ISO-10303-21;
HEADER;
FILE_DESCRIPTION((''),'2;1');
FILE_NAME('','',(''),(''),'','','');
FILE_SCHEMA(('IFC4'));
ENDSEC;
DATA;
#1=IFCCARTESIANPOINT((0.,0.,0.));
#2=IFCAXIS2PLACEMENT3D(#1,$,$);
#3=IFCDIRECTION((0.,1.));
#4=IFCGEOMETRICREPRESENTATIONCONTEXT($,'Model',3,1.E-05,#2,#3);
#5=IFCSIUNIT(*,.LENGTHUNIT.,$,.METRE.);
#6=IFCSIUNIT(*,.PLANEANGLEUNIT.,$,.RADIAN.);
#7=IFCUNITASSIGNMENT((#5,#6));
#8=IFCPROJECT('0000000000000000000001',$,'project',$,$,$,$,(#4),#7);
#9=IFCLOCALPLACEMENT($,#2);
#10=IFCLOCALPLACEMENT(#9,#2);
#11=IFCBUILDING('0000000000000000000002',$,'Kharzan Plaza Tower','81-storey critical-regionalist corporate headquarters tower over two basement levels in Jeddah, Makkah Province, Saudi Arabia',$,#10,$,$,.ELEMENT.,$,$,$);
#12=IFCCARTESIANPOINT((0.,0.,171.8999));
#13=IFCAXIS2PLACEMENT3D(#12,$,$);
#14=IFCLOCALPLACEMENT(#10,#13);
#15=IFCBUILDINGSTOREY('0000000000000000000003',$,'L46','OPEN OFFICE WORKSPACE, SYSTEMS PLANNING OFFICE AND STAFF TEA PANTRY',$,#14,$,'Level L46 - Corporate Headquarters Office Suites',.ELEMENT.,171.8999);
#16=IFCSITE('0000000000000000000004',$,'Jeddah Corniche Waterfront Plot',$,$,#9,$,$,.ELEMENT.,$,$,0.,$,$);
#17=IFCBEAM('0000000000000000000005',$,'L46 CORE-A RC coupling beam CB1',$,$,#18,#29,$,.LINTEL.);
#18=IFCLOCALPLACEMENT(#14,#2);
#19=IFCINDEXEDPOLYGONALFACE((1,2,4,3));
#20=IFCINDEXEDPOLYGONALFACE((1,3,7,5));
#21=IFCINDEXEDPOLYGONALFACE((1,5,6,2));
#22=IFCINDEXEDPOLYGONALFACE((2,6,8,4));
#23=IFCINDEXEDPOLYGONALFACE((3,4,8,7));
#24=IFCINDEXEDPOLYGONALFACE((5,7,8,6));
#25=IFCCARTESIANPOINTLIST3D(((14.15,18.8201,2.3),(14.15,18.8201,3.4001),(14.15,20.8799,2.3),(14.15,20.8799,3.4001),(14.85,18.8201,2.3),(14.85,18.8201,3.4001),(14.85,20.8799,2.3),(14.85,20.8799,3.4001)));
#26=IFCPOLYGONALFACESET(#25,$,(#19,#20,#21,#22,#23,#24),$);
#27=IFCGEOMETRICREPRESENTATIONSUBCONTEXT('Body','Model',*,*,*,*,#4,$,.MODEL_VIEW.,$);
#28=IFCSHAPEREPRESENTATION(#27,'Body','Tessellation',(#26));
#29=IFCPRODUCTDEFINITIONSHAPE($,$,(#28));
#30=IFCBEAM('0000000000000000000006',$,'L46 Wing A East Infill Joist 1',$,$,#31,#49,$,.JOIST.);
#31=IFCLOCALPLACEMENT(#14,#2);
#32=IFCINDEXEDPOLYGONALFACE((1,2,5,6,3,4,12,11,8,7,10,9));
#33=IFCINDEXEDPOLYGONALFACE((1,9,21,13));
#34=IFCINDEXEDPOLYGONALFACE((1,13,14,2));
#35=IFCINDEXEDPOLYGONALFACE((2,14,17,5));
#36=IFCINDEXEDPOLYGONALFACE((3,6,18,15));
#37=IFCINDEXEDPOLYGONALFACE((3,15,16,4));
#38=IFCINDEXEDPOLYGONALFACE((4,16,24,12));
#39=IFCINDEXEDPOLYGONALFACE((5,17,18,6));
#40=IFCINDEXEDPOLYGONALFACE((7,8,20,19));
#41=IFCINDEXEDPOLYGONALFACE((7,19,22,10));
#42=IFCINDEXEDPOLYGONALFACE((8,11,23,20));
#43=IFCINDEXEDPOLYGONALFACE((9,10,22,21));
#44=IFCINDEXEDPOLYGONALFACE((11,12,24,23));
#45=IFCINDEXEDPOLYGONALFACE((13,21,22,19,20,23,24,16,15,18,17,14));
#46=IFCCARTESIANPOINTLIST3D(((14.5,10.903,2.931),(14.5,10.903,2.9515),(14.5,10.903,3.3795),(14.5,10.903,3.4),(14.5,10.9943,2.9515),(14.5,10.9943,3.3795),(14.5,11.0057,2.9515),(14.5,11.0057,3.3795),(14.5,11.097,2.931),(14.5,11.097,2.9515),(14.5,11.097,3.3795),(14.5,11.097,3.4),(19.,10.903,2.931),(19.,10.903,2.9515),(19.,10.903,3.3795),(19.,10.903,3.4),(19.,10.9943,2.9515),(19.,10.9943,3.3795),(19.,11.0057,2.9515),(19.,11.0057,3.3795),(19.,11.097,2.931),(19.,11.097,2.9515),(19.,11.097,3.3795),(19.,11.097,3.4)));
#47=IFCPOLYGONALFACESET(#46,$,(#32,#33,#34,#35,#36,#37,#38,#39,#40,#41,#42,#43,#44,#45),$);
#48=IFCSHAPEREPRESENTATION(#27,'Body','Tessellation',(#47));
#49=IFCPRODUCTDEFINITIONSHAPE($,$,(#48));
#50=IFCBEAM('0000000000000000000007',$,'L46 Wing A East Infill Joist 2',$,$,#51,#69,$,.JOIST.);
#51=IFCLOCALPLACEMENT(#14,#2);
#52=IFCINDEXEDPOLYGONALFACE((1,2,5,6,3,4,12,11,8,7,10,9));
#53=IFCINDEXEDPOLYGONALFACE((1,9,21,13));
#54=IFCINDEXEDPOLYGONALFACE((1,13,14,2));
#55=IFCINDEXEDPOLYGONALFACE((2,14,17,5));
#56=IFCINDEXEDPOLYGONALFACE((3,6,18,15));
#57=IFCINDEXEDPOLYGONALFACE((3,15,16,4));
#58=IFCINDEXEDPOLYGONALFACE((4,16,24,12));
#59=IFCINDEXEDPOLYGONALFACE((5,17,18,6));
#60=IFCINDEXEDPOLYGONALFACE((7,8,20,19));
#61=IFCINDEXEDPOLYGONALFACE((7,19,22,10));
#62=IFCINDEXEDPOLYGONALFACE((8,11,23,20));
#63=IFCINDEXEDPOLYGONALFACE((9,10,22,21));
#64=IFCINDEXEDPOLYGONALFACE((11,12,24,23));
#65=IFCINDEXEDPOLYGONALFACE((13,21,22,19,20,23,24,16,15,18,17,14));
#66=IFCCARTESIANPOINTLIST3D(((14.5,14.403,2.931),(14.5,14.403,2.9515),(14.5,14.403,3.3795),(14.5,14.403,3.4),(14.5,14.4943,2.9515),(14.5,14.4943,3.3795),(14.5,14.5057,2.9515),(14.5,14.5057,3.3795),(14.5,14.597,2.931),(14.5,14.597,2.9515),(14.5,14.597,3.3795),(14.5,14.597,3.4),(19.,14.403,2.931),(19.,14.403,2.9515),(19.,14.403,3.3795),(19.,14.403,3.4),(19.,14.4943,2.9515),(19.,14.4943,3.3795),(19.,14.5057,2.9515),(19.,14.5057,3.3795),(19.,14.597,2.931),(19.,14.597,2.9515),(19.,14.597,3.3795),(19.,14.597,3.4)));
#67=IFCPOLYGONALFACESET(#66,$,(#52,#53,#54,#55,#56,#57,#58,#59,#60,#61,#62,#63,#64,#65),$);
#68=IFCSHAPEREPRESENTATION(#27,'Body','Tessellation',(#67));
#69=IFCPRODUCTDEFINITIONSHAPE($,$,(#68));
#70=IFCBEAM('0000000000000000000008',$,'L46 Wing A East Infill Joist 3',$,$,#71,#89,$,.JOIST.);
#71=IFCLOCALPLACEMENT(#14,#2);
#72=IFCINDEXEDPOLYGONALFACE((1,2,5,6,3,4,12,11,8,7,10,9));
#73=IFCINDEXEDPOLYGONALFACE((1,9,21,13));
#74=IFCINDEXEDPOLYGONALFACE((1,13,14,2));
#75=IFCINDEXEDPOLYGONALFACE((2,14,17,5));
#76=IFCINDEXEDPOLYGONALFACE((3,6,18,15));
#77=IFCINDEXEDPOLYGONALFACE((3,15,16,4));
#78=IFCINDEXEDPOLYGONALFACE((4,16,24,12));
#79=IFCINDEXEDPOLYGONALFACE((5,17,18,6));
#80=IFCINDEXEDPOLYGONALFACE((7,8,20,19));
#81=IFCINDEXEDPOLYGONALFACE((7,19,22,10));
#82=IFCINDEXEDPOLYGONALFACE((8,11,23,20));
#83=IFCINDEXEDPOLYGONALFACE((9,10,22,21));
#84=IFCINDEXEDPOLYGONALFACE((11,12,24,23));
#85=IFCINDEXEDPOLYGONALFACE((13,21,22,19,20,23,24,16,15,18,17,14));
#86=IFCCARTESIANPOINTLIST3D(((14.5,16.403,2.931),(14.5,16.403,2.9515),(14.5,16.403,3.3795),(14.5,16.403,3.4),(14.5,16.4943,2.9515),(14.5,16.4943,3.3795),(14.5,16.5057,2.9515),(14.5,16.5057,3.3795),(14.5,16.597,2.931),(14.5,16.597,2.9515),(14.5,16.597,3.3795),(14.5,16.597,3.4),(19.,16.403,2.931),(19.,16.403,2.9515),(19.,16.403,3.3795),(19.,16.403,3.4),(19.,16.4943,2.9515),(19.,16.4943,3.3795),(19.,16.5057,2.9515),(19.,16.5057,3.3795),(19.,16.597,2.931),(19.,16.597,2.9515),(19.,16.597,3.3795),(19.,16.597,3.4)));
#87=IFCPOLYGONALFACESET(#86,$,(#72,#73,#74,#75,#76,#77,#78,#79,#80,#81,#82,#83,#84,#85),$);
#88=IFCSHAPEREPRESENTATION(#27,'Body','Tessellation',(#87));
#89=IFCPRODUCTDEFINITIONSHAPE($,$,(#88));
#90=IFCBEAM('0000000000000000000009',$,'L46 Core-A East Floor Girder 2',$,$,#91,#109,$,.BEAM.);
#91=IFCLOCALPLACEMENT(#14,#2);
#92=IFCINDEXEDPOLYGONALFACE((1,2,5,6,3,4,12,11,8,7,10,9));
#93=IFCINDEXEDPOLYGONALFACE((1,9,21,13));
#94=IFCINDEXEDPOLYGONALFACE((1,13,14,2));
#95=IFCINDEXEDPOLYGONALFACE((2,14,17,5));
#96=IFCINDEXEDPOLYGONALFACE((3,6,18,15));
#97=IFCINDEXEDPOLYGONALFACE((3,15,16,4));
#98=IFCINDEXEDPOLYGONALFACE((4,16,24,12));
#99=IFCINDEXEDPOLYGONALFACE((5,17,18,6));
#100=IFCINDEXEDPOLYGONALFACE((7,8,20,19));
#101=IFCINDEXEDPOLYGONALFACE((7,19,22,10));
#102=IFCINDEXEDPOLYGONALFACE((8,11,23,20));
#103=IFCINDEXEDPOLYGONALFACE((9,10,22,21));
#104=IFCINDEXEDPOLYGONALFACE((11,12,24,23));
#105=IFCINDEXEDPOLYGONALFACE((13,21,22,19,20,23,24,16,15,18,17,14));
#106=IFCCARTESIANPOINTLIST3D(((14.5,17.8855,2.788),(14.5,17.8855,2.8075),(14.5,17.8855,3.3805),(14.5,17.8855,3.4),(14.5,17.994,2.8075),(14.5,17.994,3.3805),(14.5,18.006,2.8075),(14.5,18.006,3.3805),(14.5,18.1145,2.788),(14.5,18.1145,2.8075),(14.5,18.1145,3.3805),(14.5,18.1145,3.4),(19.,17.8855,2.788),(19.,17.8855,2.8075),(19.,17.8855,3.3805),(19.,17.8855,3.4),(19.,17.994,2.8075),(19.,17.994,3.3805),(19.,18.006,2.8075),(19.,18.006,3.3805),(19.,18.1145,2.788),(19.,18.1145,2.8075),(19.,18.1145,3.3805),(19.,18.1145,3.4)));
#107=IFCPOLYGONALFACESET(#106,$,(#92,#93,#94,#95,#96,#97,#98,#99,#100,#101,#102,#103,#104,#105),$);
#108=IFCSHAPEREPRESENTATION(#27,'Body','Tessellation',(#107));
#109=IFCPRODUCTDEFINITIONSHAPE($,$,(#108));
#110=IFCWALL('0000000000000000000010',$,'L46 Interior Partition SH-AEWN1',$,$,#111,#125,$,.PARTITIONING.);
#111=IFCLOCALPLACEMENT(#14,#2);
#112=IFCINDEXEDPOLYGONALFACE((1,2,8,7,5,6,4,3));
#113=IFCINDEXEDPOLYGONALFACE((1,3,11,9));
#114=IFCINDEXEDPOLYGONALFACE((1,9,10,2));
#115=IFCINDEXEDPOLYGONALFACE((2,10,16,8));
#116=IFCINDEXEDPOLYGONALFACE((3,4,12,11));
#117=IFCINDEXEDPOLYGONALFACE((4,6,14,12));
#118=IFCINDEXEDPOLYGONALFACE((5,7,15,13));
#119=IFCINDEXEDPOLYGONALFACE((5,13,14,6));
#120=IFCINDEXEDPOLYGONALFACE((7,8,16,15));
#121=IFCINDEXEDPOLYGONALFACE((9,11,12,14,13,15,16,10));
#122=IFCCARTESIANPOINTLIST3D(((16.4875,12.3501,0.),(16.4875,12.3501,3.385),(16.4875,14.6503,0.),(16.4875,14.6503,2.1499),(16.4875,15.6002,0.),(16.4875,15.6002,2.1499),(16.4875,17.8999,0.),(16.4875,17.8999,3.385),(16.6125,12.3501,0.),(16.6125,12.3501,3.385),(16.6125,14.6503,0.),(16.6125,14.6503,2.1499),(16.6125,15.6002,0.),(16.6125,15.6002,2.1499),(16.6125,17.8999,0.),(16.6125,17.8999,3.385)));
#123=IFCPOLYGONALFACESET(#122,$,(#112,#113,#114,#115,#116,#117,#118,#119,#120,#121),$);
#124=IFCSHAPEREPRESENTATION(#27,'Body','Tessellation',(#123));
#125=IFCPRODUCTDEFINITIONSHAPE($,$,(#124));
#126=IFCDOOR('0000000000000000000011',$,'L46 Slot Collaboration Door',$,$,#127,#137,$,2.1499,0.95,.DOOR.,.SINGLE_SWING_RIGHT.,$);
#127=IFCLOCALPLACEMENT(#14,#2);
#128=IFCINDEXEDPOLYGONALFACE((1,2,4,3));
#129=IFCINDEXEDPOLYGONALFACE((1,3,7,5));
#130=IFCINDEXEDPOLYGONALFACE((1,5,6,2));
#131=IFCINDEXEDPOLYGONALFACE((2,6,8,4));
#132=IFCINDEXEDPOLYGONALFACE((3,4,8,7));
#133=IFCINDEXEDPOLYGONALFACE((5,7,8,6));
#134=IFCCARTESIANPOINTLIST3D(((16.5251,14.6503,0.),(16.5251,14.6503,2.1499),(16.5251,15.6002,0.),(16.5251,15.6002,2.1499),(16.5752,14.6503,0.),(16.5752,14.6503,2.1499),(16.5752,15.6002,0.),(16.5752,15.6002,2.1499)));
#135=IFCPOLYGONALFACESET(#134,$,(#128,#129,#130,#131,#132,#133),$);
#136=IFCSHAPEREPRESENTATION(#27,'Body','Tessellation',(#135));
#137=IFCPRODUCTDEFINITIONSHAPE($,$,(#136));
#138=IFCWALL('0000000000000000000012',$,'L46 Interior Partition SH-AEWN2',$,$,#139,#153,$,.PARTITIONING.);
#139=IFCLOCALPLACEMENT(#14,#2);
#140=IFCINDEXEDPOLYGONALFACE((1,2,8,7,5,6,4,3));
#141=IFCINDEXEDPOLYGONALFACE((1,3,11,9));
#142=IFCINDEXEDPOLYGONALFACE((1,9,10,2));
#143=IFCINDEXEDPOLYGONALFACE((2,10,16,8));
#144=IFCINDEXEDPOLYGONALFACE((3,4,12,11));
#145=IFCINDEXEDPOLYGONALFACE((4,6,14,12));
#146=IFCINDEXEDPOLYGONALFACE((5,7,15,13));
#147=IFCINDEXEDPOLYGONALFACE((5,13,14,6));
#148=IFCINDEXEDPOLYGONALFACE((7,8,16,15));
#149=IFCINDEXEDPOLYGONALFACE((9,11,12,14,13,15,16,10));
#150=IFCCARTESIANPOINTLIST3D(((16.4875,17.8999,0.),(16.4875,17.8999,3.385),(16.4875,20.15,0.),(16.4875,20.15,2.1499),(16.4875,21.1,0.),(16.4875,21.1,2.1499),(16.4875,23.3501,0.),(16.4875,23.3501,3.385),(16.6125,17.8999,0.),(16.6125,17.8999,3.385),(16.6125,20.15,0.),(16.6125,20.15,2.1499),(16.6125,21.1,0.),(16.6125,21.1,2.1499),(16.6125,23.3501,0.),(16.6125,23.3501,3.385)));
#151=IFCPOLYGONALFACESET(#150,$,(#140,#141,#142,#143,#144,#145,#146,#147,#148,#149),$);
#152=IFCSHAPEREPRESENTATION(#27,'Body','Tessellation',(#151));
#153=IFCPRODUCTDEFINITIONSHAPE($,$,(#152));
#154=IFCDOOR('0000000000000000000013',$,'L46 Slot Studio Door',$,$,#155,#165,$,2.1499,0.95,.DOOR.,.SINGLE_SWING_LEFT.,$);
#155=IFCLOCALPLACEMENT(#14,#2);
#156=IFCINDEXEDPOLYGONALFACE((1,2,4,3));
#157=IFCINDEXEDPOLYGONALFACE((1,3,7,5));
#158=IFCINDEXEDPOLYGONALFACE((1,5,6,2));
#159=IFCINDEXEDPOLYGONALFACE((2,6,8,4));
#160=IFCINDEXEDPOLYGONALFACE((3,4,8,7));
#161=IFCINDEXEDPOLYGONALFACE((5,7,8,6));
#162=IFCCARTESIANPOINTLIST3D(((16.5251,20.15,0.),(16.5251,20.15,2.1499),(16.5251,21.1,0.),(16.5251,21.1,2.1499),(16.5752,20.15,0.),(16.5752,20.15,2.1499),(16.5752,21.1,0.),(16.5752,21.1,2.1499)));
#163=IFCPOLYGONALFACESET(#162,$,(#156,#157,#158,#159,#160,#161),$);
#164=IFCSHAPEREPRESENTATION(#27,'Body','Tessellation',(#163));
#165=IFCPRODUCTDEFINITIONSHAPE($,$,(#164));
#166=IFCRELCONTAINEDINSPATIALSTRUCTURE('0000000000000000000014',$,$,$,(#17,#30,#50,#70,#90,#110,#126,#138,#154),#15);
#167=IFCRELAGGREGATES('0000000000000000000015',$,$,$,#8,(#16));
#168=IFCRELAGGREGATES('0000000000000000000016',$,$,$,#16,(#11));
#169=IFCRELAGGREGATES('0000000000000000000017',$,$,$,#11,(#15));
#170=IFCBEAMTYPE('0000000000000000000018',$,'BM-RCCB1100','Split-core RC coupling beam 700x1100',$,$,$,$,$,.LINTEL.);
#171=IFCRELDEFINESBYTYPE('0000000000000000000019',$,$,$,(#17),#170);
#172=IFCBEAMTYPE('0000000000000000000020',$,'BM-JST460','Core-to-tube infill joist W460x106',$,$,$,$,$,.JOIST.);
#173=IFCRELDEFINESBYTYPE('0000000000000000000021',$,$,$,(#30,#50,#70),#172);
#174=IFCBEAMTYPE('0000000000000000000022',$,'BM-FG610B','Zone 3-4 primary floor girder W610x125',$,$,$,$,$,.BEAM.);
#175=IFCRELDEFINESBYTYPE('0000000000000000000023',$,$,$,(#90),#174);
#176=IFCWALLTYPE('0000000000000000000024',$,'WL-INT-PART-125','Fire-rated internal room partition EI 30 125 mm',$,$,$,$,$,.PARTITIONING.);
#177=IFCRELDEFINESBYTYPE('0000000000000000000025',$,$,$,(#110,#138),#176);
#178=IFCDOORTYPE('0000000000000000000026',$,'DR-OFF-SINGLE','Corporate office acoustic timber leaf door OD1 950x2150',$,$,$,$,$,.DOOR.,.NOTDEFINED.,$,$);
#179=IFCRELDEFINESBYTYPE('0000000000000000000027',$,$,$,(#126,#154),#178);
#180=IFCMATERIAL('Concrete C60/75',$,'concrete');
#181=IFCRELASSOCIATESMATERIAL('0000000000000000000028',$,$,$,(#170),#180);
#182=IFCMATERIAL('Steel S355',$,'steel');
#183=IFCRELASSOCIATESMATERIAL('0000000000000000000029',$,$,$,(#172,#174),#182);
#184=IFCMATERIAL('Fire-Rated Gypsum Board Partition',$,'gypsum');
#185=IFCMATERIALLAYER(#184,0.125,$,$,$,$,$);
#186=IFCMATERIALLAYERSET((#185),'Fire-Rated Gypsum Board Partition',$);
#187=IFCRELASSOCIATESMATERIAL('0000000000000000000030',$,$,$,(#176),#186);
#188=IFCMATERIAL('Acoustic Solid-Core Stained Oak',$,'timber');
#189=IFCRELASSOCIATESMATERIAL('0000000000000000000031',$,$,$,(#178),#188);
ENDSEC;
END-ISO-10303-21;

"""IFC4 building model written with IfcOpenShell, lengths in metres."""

from ifc_helpers import new_model, si_unit, direction, frame, frame_2d, origin, origin_2d, place, context, subcontext, project, spatial, rectangle, i_section, extrude, source, transform, mapped, material, layer, layer_set, material_profile, profile_set, type_object, element, fill, save


model = new_model("IFC4")

# Units and contexts
model_context = context("Model", 3, precision=1e-05, world=origin(), true_north=direction((0.0, 1.0)))
body_context = subcontext(model_context, "Body", "Model", "MODEL_VIEW")
ifc_project = project(units=[si_unit("LENGTHUNIT", "METRE"), si_unit("PLANEANGLEUNIT", "RADIAN")], contexts=[model_context])

# Site, building, storey
site_placement = place(None, origin())
site = spatial("IfcSite", under=ifc_project, at=site_placement, Name="Jeddah Corniche Waterfront Plot", CompositionType="ELEMENT", RefElevation=0.0)
building_placement = place(site_placement, origin())
building = spatial("IfcBuilding", under=site, at=building_placement, Name="Kharzan Plaza Tower", Description="81-storey critical-regionalist corporate headquarters tower over two basement levels in Jeddah, Makkah Province, Saudi Arabia", CompositionType="ELEMENT")
storey_placement = place(building_placement, frame((0.0, 0.0, 171.8999)))
storey = spatial("IfcBuildingStorey", under=building, at=storey_placement, Name="L46", Description="OPEN OFFICE WORKSPACE, SYSTEMS PLANNING OFFICE AND STAFF TEA PANTRY", LongName="Level L46 - Corporate Headquarters Office Suites", CompositionType="ELEMENT", Elevation=171.8999)

# Beams
ifc_material_1 = material(Name="Concrete C60/75", Category="concrete")
ifc_material_profile_1 = material_profile(ifc_material_1, rectangle(XDim=0.7, YDim=1.1001, at=origin_2d()), Name="RC-CB1100x700")
ifc_profile_set_1 = profile_set([ifc_material_profile_1], Name="Concrete C60/75")
beam_type_1 = type_object("IfcBeamType", Name="BM-RCCB1100", Description="Split-core RC coupling beam 700x1100", PredefinedType="LINTEL", material=ifc_profile_set_1)
shared_shape_1 = source(origin(), body_context, "Body", "SweptSolid", [
    extrude(rectangle(XDim=0.7, YDim=1.1001, at=origin_2d()), origin(), (0.0, 0.0, 1.0), 2.0598),
])
beam_1_placement = place(storey_placement, frame((14.5, 18.8201, 2.8501), z_axis=(0.0, 1.0, 0.0), x_axis=(-1.0, 0.0, 0.0)))
element("IfcBeam", 1, at=beam_1_placement, inside=storey, type_object=beam_type_1, Name="L46 CORE-A RC coupling beam CB1", PredefinedType="LINTEL", context=body_context, shape_type="MappedRepresentation", body=[
    mapped(shared_shape_1, transform((0.0, 0.0, 0.0), x_axis=(1.0, 0.0, 0.0), y_axis=(0.0, 1.0, 0.0), z_axis=(0.0, 0.0, 1.0))),
])
ifc_material_2 = material(Name="Steel S355", Category="steel")
ifc_material_profile_2 = material_profile(ifc_material_2, i_section(OverallWidth=0.1941, OverallDepth=0.469, WebThickness=0.0115, FlangeThickness=0.0205, at=origin_2d()), Name="W460x106")
ifc_profile_set_2 = profile_set([ifc_material_profile_2], Name="Steel S355")
beam_type_2 = type_object("IfcBeamType", Name="BM-JST460", Description="Core-to-tube infill joist W460x106", PredefinedType="JOIST", material=ifc_profile_set_2)
shared_shape_2 = source(origin(), body_context, "Body", "SweptSolid", [
    extrude(i_section(OverallWidth=0.1941, OverallDepth=0.469, WebThickness=0.0115, FlangeThickness=0.0205, at=origin_2d()), origin(), (0.0, 0.0, 1.0), 4.5),
])
for number, where, z_axis, x_axis, name in (
    (2, (14.5, 11.0, 3.1655), (1.0, 0.0, 0.0), (0.0, 1.0, 0.0), "L46 Wing A East Infill Joist 1"),
    (3, (14.5, 14.5, 3.1655), (1.0, 0.0, 0.0), (0.0, 1.0, 0.0), "L46 Wing A East Infill Joist 2"),
    (4, (14.5, 16.5, 3.1655), (1.0, 0.0, 0.0), (0.0, 1.0, 0.0), "L46 Wing A East Infill Joist 3"),
):
    element("IfcBeam", number, at=place(storey_placement, frame(where, z_axis=z_axis, x_axis=x_axis)), inside=storey, type_object=beam_type_2, Name=name, PredefinedType="JOIST", context=body_context, shape_type="MappedRepresentation", body=[
        mapped(shared_shape_2, transform((0.0, 0.0, 0.0), x_axis=(1.0, 0.0, 0.0), y_axis=(0.0, 1.0, 0.0), z_axis=(0.0, 0.0, 1.0))),
    ])
ifc_material_profile_3 = material_profile(ifc_material_2, i_section(OverallWidth=0.229, OverallDepth=0.6121, WebThickness=0.012, FlangeThickness=0.0195, at=origin_2d()), Name="W610x125")
ifc_profile_set_3 = profile_set([ifc_material_profile_3], Name="Steel S355")
beam_type_3 = type_object("IfcBeamType", Name="BM-FG610B", Description="Zone 3-4 primary floor girder W610x125", PredefinedType="BEAM", material=ifc_profile_set_3)
shared_shape_3 = source(origin(), body_context, "Body", "SweptSolid", [
    extrude(i_section(OverallWidth=0.229, OverallDepth=0.6121, WebThickness=0.012, FlangeThickness=0.0195, at=origin_2d()), origin(), (0.0, 0.0, 1.0), 4.5),
])
beam_2_placement = place(storey_placement, frame((14.5, 18.0, 3.094), z_axis=(1.0, 0.0, 0.0), x_axis=(0.0, 1.0, 0.0)))
element("IfcBeam", 5, at=beam_2_placement, inside=storey, type_object=beam_type_3, Name="L46 Core-A East Floor Girder 2", PredefinedType="BEAM", context=body_context, shape_type="MappedRepresentation", body=[
    mapped(shared_shape_3, transform((0.0, 0.0, 0.0), x_axis=(1.0, 0.0, 0.0), y_axis=(0.0, 1.0, 0.0), z_axis=(0.0, 0.0, 1.0))),
])

# Walls, openings, doors
ifc_material_3 = material(Name="Fire-Rated Gypsum Board Partition", Category="gypsum")
ifc_layer_1 = layer(ifc_material_3, 0.125)
ifc_layer_set_1 = layer_set([ifc_layer_1], Name="Fire-Rated Gypsum Board Partition")
wall_type_1 = type_object("IfcWallType", Name="WL-INT-PART-125", Description="Fire-rated internal room partition EI 30 125 mm", PredefinedType="PARTITIONING", material=ifc_layer_set_1)
wall_1_placement = place(storey_placement, frame((16.55, 12.3501, 0.0), z_axis=(0.0, 0.0, 1.0), x_axis=(0.0, 1.0, 0.0)))
wall_1 = element("IfcWall", 6, at=wall_1_placement, inside=storey, type_object=wall_type_1, Name="L46 Interior Partition SH-AEWN1", PredefinedType="PARTITIONING", context=body_context, shape_type="SweptSolid", body=[
    extrude(rectangle(XDim=5.5498, YDim=0.125, at=frame_2d((2.7749, 0.0))), origin(), (0.0, 0.0, 1.0), 3.385),
])
opening_1_placement = place(wall_1_placement, frame((2.3, 0.0, 0.0)))
opening_1 = element("IfcOpeningElement", 7, at=opening_1_placement, cuts=wall_1, PredefinedType="OPENING", context=body_context, shape_type="SweptSolid", body=[
    extrude(rectangle(XDim=0.95, YDim=2.1499, at=frame_2d((0.4751, 1.075))), frame((0.0, 0.0725, 0.0), z_axis=(0.0, -1.0, 0.0), x_axis=(1.0, 0.0, 0.0)), (0.0, 0.0, 1.0), 0.145),
])
ifc_material_4 = material(Name="Acoustic Solid-Core Stained Oak", Category="timber")
door_type_1 = type_object("IfcDoorType", Name="DR-OFF-SINGLE", Description="Corporate office acoustic timber leaf door OD1 950x2150", OperationType="NOTDEFINED", PredefinedType="DOOR", material=ifc_material_4)
shared_shape_4 = source(origin(), body_context, "Body", "SweptSolid", [
    extrude(rectangle(XDim=0.95, YDim=2.1499, at=frame_2d((0.4751, 1.075))), frame((0.0, 0.0249, 0.0), z_axis=(0.0, -1.0, 0.0), x_axis=(1.0, 0.0, 0.0)), (0.0, 0.0, 1.0), 0.05),
])
door_1_placement = place(opening_1_placement, origin())
door_1 = element("IfcDoor", 8, at=door_1_placement, inside=storey, type_object=door_type_1, Name="L46 Slot Collaboration Door", OperationType="SINGLE_SWING_RIGHT", OverallHeight=2.1499, OverallWidth=0.95, PredefinedType="DOOR", context=body_context, shape_type="MappedRepresentation", body=[
    mapped(shared_shape_4, transform((0.0, 0.0, 0.0), x_axis=(1.0, 0.0, 0.0), y_axis=(0.0, 1.0, 0.0), z_axis=(0.0, 0.0, 1.0))),
])
fill(opening_1, door_1)
wall_2_placement = place(storey_placement, frame((16.55, 17.8999, 0.0), z_axis=(0.0, 0.0, 1.0), x_axis=(0.0, 1.0, 0.0)))
wall_2 = element("IfcWall", 9, at=wall_2_placement, inside=storey, type_object=wall_type_1, Name="L46 Interior Partition SH-AEWN2", PredefinedType="PARTITIONING", context=body_context, shape_type="SweptSolid", body=[
    extrude(rectangle(XDim=5.4502, YDim=0.125, at=frame_2d((2.7251, 0.0))), origin(), (0.0, 0.0, 1.0), 3.385),
])
opening_2_placement = place(wall_2_placement, frame((2.25, 0.0, 0.0)))
opening_2 = element("IfcOpeningElement", 10, at=opening_2_placement, cuts=wall_2, PredefinedType="OPENING", context=body_context, shape_type="SweptSolid", body=[
    extrude(rectangle(XDim=0.95, YDim=2.1499, at=frame_2d((0.4751, 1.075))), frame((0.0, 0.0725, 0.0), z_axis=(0.0, -1.0, 0.0), x_axis=(1.0, 0.0, 0.0)), (0.0, 0.0, 1.0), 0.145),
])
door_2_placement = place(opening_2_placement, origin())
door_2 = element("IfcDoor", 11, at=door_2_placement, inside=storey, type_object=door_type_1, Name="L46 Slot Studio Door", OperationType="SINGLE_SWING_LEFT", OverallHeight=2.1499, OverallWidth=0.95, PredefinedType="DOOR", context=body_context, shape_type="MappedRepresentation", body=[
    mapped(shared_shape_4, transform((0.0, 0.0, 0.0), x_axis=(1.0, 0.0, 0.0), y_axis=(0.0, 1.0, 0.0), z_axis=(0.0, 0.0, 1.0))),
])
fill(opening_2, door_2)

save(model, "model.ifc")
